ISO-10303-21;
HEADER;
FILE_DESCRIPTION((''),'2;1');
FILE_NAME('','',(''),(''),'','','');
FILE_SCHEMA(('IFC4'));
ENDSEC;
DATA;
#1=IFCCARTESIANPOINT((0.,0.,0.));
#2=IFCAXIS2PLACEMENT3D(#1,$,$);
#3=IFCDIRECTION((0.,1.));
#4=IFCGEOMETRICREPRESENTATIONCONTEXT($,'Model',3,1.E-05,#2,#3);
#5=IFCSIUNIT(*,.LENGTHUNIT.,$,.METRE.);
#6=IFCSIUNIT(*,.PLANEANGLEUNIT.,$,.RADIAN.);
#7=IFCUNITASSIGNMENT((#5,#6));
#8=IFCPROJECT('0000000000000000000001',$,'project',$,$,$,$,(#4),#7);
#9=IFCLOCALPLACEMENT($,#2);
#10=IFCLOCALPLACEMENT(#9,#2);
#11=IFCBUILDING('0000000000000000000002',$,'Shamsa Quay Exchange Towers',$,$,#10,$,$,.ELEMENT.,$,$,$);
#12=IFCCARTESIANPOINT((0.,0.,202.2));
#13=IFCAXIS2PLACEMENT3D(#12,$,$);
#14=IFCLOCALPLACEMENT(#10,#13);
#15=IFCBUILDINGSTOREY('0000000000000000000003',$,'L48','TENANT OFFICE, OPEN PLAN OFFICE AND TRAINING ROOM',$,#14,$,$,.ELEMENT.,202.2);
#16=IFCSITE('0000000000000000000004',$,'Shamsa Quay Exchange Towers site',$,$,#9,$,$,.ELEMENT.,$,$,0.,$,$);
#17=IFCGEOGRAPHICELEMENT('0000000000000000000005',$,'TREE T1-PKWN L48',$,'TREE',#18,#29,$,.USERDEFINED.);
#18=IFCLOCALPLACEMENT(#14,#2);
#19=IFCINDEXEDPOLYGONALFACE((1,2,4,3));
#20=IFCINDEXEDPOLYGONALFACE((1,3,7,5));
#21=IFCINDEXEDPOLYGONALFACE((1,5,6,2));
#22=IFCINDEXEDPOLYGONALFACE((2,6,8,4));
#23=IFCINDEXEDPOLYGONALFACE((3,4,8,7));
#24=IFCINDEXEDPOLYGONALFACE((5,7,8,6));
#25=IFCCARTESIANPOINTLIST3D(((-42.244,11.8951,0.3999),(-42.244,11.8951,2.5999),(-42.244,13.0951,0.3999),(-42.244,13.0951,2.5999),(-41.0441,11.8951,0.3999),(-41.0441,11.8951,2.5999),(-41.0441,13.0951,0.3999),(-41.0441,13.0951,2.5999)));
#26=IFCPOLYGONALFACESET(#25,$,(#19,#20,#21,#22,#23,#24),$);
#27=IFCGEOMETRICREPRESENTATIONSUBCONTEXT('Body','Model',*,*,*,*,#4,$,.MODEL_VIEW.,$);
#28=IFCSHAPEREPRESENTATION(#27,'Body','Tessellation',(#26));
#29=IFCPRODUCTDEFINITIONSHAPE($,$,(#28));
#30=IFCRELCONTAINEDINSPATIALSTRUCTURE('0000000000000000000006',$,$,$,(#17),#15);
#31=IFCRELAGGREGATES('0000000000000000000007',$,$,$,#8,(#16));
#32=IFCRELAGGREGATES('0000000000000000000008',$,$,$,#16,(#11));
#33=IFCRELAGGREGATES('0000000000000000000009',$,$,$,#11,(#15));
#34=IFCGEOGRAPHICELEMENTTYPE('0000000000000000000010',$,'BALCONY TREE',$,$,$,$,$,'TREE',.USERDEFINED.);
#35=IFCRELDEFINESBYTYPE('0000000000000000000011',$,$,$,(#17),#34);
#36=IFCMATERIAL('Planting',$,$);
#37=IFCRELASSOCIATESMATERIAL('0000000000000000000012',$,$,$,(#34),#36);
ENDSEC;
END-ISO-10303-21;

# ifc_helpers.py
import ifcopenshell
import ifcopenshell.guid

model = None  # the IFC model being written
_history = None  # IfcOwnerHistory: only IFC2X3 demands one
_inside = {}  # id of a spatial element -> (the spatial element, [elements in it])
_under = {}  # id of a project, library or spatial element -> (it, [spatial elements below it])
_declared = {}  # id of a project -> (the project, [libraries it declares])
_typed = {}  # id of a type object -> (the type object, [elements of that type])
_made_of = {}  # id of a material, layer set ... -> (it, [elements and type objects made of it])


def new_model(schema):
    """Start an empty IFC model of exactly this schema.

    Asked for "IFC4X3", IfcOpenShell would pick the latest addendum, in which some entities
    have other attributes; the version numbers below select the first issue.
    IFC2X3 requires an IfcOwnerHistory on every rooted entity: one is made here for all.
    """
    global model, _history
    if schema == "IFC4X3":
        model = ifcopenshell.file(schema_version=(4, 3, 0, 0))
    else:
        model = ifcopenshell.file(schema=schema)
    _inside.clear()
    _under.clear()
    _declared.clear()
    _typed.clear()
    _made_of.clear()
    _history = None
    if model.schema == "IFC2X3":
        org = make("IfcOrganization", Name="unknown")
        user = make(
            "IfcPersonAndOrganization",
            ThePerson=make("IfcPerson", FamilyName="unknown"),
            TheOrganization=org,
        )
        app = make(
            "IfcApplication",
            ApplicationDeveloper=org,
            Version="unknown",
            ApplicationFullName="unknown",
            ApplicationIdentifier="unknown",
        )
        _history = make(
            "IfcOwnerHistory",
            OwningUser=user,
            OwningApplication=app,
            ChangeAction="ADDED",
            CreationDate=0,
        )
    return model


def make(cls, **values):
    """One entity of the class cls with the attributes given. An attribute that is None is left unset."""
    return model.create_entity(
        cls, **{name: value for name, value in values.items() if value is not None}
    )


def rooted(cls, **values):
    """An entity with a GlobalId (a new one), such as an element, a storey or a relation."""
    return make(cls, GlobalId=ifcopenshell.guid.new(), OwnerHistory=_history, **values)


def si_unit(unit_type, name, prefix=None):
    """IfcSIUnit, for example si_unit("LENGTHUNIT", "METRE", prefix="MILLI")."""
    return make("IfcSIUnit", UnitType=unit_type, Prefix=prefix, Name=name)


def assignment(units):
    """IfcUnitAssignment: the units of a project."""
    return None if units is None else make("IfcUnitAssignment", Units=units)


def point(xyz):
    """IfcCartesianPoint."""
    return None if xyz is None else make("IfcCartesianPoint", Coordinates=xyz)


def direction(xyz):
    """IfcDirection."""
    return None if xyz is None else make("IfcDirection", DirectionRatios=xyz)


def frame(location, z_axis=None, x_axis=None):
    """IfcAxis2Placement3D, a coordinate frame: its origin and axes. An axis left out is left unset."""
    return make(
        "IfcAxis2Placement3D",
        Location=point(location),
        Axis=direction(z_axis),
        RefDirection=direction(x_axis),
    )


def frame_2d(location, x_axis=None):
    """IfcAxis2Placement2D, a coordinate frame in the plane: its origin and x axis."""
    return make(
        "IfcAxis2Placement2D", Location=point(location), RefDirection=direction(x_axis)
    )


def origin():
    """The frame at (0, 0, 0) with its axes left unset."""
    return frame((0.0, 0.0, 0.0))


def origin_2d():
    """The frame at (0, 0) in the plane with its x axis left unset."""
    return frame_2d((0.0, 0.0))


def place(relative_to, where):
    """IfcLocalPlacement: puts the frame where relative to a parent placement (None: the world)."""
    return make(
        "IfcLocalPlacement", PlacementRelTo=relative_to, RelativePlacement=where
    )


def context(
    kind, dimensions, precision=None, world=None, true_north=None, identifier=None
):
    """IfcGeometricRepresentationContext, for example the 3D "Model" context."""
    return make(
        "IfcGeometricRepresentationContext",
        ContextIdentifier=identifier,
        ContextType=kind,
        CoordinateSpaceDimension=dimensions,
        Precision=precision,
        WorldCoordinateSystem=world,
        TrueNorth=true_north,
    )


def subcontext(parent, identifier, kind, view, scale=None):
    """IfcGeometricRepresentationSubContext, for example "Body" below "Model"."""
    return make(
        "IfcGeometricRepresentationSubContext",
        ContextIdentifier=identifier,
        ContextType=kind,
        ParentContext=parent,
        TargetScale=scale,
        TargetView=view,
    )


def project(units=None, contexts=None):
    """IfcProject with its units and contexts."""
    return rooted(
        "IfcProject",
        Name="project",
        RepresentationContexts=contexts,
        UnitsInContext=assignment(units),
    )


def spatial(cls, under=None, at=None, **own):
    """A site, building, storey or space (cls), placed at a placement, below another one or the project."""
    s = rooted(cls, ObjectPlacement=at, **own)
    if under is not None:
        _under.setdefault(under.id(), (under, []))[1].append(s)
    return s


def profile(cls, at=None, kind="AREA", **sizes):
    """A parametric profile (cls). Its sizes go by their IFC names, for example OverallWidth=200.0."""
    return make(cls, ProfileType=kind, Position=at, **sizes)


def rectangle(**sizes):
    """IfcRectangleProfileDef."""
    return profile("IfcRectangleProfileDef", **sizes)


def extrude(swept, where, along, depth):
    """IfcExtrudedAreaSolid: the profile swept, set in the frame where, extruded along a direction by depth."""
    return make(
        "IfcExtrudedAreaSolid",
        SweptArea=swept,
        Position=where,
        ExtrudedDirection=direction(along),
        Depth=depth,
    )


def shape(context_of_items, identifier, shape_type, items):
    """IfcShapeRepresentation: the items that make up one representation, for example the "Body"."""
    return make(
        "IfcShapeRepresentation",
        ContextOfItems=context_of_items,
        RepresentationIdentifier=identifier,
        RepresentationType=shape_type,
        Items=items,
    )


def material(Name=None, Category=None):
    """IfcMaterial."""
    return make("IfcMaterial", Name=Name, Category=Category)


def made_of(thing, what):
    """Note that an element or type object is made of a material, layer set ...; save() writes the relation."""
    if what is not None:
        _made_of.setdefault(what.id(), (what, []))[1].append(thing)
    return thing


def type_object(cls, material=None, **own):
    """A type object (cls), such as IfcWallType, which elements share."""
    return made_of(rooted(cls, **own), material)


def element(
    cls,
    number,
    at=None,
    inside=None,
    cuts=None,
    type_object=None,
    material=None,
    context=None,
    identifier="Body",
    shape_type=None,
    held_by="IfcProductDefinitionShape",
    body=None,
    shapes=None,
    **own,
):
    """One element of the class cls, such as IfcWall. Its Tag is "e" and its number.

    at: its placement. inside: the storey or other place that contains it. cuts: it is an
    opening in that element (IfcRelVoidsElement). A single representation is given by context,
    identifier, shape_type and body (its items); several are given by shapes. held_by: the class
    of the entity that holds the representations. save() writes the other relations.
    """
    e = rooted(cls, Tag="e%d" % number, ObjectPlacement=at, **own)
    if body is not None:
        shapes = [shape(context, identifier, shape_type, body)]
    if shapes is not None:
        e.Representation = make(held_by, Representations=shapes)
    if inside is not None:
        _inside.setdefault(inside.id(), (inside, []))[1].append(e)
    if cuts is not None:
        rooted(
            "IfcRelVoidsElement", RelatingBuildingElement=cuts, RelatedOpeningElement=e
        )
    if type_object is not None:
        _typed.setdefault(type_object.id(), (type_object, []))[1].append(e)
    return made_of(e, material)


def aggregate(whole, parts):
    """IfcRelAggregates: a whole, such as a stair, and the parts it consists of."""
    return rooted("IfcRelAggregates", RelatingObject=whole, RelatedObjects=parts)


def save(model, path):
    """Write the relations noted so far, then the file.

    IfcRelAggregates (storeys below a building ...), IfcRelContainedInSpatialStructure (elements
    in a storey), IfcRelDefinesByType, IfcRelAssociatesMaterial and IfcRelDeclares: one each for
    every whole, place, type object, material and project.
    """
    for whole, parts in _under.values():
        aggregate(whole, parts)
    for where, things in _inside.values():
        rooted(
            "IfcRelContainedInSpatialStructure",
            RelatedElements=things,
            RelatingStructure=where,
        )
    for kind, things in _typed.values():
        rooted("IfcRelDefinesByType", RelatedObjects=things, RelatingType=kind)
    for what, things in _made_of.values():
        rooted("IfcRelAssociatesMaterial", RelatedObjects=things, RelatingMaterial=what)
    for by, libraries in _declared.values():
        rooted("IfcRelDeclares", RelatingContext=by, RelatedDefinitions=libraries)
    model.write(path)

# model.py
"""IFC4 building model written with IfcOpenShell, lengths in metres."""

from ifc_helpers import new_model, si_unit, direction, frame, origin, origin_2d, place, context, subcontext, project, spatial, rectangle, extrude, material, type_object, element, save


model = new_model("IFC4")

# Units and contexts
model_context = context("Model", 3, precision=1e-05, world=origin(), true_north=direction((0.0, 1.0)))
body_context = subcontext(model_context, "Body", "Model", "MODEL_VIEW")
ifc_project = project(units=[si_unit("LENGTHUNIT", "METRE"), si_unit("PLANEANGLEUNIT", "RADIAN")], contexts=[model_context])

# Site, building, storey
site_placement = place(None, origin())
site = spatial("IfcSite", under=ifc_project, at=site_placement, Name="Shamsa Quay Exchange Towers site", CompositionType="ELEMENT", RefElevation=0.0)
building_placement = place(site_placement, origin())
building = spatial("IfcBuilding", under=site, at=building_placement, Name="Shamsa Quay Exchange Towers", CompositionType="ELEMENT")
storey_placement = place(building_placement, frame((0.0, 0.0, 202.2)))
storey = spatial("IfcBuildingStorey", under=building, at=storey_placement, Name="L48", Description="TENANT OFFICE, OPEN PLAN OFFICE AND TRAINING ROOM", CompositionType="ELEMENT", Elevation=202.2)

# Geographic element
ifc_material_1 = material(Name="Planting")
geographic_element_type = type_object("IfcGeographicElementType", Name="BALCONY TREE", ElementType="TREE", PredefinedType="USERDEFINED", material=ifc_material_1)
geographic_element_placement = place(storey_placement, frame((-41.644, 12.4951, 0.3999), z_axis=(0.0, 0.0, 1.0), x_axis=(-1.0, 0.0, 0.0)))
element("IfcGeographicElement", 1, at=geographic_element_placement, inside=storey, type_object=geographic_element_type, Name="TREE T1-PKWN L48", ObjectType="TREE", PredefinedType="USERDEFINED", context=body_context, shape_type="SweptSolid", body=[
    extrude(rectangle(XDim=1.2, YDim=1.2, at=origin_2d()), origin(), (0.0, 0.0, 1.0), 2.2),
])

save(model, "model.ifc")
